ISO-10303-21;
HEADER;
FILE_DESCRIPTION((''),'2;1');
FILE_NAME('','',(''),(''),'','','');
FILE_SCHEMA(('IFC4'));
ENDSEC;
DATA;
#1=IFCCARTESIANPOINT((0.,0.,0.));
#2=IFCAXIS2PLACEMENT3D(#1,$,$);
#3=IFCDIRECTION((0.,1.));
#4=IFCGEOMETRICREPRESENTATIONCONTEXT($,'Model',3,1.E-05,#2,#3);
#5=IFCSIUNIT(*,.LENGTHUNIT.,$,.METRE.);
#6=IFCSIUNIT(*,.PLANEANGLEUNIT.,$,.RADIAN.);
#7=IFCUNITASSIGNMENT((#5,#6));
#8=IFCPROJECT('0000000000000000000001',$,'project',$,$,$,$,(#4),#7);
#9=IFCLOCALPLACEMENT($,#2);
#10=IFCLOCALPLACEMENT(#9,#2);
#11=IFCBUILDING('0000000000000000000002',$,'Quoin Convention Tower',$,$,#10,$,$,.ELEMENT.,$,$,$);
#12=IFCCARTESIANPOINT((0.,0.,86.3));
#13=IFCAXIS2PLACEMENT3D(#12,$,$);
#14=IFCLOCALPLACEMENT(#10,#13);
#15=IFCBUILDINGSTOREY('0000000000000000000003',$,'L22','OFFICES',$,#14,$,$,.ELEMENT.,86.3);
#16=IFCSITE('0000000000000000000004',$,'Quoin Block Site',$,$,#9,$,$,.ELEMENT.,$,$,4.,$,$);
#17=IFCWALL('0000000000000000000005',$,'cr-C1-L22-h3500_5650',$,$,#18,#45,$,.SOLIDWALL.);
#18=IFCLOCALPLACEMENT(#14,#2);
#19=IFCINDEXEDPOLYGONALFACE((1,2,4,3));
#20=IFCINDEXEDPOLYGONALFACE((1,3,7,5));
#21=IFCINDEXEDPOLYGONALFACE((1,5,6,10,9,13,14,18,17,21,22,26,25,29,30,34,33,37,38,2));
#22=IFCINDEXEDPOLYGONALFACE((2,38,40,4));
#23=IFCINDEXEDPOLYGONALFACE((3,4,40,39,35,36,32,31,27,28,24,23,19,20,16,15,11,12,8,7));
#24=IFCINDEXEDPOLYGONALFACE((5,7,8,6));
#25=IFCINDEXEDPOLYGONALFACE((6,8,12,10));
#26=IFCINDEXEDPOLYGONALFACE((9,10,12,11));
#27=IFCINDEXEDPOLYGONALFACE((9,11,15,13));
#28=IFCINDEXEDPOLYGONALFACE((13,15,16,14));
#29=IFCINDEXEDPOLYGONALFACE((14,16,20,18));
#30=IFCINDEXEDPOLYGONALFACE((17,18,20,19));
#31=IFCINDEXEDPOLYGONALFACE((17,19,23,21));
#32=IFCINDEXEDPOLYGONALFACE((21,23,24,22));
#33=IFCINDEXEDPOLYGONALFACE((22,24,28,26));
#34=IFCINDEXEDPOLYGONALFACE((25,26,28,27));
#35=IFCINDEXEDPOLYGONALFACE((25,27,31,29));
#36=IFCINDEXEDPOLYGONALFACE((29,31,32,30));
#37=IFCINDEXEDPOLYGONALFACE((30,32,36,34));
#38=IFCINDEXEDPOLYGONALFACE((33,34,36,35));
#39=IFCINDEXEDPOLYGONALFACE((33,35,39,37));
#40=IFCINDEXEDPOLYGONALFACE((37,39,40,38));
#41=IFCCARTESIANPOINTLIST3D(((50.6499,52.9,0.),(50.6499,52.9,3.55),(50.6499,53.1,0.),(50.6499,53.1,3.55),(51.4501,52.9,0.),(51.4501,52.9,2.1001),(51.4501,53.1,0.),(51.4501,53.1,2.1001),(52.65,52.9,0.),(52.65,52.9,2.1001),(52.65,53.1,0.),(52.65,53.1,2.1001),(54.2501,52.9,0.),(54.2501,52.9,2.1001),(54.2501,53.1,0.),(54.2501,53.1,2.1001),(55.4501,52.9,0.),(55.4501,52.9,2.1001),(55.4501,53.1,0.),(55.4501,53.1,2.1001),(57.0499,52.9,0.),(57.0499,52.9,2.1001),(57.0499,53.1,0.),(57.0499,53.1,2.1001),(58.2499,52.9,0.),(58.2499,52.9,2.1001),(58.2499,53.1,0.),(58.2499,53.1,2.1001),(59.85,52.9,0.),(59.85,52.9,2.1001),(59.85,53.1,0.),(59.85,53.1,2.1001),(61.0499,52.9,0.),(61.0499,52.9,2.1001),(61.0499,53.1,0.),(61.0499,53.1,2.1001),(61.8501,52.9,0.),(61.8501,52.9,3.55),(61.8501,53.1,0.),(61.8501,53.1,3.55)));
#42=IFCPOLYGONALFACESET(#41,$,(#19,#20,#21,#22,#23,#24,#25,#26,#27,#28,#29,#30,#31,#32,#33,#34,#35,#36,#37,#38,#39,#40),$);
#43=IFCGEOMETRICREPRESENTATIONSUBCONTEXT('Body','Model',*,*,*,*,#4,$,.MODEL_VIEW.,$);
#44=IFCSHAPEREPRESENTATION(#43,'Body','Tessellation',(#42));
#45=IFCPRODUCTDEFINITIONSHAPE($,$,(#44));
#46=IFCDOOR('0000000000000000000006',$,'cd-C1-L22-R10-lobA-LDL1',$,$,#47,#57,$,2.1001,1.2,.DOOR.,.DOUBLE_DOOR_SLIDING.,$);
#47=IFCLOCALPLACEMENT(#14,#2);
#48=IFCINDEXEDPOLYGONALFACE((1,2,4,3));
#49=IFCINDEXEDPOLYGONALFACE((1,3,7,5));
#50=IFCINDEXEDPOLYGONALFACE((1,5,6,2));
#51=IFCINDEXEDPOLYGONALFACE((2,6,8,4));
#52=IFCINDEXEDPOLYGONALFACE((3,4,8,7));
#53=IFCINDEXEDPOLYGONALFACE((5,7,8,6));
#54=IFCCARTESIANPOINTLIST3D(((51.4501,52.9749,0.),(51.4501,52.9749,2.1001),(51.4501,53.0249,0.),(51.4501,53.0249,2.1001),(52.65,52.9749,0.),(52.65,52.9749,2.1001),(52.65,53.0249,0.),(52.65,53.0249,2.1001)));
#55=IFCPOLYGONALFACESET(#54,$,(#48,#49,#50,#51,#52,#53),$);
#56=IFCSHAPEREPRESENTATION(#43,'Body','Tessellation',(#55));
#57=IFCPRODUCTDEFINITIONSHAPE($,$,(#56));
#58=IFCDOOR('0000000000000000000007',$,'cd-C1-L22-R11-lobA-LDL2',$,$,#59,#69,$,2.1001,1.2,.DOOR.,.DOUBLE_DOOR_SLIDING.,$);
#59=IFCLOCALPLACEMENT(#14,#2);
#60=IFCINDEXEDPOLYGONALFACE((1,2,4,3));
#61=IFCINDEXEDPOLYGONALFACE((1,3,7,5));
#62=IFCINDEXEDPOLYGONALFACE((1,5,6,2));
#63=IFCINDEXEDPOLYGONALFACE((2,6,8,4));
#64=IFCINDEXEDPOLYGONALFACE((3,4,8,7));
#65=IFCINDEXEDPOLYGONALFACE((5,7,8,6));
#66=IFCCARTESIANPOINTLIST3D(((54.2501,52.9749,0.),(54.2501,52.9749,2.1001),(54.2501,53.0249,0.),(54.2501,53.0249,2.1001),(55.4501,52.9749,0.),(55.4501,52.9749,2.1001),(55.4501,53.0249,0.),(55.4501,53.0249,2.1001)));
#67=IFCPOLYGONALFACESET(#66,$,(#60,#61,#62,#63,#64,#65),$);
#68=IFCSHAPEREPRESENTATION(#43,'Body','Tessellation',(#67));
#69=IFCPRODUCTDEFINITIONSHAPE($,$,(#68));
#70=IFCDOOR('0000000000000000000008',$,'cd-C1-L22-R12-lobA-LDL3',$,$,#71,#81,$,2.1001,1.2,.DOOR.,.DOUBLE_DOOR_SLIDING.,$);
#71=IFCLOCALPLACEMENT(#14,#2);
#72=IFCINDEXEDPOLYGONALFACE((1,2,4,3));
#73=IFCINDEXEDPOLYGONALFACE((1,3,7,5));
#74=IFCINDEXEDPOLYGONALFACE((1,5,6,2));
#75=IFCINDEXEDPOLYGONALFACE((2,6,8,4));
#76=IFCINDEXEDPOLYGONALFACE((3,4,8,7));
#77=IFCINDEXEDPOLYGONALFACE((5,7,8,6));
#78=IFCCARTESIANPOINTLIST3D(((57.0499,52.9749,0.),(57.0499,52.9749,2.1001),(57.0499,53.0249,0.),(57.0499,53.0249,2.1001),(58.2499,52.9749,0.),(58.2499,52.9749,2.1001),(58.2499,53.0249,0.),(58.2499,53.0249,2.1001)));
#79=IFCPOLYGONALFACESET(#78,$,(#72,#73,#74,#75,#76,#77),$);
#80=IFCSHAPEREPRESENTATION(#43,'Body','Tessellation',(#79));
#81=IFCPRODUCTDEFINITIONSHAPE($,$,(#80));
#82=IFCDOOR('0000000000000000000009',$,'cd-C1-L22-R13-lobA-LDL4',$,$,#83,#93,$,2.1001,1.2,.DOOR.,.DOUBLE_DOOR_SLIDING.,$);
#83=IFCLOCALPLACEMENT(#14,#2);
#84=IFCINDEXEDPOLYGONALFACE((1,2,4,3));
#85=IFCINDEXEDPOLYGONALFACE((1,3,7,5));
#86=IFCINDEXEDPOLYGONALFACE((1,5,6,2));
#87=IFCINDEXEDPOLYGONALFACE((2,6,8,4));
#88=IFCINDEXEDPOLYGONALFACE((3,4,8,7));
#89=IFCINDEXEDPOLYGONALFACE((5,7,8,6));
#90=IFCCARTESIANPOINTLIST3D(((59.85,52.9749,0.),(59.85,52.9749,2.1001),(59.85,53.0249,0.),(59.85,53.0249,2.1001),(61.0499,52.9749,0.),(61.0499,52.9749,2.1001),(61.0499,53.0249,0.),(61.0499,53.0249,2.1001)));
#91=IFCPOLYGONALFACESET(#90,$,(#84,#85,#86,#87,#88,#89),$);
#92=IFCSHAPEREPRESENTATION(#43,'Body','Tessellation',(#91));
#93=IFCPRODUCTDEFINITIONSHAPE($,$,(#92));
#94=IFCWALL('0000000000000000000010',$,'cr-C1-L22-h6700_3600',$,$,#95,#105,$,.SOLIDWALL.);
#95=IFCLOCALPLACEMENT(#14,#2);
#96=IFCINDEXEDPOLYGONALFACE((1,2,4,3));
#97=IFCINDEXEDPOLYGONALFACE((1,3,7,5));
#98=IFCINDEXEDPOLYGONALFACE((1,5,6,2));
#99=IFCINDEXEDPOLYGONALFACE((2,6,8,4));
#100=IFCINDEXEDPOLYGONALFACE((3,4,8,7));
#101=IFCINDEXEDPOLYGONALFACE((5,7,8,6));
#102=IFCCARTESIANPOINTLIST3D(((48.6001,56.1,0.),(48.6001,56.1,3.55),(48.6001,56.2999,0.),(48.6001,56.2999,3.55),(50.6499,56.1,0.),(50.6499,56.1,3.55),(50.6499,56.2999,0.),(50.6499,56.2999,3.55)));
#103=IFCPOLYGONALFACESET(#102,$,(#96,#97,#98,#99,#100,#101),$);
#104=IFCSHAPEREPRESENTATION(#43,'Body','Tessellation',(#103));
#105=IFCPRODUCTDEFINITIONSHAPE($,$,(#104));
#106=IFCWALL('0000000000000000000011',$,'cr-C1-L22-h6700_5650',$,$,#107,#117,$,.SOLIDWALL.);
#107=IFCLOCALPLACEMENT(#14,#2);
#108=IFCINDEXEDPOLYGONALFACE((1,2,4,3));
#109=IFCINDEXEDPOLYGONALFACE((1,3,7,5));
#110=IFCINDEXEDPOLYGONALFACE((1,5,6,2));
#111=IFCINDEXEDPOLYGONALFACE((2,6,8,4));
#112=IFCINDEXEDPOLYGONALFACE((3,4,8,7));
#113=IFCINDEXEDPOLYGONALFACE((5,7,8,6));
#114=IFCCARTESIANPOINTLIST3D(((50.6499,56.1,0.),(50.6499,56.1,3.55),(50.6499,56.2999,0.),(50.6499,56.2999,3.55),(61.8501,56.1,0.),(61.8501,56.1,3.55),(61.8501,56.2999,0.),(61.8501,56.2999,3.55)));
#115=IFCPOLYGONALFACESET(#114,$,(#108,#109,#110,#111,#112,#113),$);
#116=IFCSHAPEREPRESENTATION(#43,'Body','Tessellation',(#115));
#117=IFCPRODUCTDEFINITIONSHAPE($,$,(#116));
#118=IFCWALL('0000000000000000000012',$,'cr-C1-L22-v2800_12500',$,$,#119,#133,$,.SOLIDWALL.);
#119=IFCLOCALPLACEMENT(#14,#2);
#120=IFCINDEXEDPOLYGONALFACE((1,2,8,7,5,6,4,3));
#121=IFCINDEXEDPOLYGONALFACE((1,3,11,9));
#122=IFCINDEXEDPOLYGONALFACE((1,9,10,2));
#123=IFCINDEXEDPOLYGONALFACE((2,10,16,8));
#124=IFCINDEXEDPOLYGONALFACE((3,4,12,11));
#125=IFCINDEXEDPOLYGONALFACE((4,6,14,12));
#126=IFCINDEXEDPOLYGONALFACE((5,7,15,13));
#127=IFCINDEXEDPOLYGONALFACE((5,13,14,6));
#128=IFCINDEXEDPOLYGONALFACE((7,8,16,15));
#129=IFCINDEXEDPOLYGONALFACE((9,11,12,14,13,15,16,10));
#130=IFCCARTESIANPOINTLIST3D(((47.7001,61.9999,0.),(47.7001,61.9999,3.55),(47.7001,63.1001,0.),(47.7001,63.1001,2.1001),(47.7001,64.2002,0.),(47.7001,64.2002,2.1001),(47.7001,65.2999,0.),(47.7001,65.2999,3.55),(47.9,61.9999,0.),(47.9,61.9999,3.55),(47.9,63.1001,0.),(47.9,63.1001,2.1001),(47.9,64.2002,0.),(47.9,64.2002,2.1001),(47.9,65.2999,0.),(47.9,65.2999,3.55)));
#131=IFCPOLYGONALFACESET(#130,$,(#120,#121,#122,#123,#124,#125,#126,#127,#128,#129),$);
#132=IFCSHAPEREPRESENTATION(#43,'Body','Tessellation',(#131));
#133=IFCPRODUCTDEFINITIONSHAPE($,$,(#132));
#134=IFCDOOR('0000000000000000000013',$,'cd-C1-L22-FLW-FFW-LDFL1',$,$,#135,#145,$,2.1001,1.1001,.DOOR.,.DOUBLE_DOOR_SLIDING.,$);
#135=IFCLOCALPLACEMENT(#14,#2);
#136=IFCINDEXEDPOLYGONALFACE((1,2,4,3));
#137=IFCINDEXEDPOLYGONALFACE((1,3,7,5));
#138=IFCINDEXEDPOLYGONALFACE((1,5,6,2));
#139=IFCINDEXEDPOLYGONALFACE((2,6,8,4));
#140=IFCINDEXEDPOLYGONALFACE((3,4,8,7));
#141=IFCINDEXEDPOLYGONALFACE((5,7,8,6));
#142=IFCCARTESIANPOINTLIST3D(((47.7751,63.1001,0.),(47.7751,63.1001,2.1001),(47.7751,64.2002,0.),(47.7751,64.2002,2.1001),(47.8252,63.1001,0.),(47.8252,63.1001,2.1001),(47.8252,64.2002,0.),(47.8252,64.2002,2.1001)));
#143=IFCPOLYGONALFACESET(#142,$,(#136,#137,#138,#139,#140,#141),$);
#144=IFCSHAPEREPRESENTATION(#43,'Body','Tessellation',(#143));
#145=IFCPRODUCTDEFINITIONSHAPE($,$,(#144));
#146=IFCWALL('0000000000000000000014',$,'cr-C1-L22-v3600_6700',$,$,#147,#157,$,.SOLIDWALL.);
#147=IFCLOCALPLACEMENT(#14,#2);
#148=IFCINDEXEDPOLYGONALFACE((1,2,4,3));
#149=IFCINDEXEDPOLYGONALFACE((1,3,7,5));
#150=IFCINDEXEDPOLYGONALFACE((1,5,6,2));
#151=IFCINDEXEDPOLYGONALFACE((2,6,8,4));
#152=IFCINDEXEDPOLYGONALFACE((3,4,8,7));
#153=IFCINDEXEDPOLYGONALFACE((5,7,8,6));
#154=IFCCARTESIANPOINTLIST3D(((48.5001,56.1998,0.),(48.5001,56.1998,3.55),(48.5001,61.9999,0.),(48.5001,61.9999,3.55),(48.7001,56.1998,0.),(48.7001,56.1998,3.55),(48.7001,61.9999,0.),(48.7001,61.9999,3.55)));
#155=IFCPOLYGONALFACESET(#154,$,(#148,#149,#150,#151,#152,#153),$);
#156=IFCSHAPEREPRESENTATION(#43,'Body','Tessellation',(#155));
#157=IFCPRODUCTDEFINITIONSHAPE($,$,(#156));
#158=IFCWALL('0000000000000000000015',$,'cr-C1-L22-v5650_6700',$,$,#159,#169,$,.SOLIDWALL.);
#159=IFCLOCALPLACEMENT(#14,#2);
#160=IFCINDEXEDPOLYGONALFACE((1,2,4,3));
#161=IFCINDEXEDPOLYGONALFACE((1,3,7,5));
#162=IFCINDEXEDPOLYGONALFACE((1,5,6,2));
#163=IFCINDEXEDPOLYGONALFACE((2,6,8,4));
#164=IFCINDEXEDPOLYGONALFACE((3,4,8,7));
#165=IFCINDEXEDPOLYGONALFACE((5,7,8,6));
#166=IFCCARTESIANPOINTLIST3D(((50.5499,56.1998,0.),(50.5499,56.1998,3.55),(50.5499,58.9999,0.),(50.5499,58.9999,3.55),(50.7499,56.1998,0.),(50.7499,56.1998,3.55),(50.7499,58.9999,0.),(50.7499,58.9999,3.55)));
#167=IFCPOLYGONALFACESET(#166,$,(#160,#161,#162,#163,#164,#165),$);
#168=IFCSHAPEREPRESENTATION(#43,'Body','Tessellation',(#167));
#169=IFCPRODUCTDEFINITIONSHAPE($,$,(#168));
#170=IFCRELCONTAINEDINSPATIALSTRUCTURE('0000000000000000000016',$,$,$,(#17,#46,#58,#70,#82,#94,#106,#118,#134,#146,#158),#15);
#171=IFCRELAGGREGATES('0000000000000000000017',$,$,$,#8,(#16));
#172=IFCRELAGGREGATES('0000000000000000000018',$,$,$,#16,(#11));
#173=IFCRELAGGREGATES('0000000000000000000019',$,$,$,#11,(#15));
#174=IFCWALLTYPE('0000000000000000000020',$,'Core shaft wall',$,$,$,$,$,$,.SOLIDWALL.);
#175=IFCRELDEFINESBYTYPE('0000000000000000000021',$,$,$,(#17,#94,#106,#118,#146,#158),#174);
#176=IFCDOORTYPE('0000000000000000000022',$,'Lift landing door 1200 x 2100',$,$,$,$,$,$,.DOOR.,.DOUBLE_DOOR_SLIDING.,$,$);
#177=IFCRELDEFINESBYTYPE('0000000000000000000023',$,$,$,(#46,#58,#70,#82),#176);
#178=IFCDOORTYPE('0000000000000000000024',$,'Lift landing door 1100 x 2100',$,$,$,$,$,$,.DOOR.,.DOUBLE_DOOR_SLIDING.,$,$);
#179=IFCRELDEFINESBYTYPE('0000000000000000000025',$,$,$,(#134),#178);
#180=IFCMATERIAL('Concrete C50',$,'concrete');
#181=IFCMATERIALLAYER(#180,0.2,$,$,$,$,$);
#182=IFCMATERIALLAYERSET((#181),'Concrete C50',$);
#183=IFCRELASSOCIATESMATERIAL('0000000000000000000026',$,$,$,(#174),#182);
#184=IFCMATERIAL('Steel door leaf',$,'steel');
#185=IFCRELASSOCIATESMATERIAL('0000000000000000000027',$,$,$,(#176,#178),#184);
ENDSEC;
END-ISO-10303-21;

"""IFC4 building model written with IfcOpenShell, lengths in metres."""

from ifc_helpers import new_model, si_unit, direction, frame, frame_2d, origin, place, context, subcontext, project, spatial, rectangle, extrude, material, layer, layer_set, type_object, element, fill, save


model = new_model("IFC4")

# Units and contexts
model_context = context("Model", 3, precision=1e-05, world=origin(), true_north=direction((0.0, 1.0)))
body_context = subcontext(model_context, "Body", "Model", "MODEL_VIEW")
ifc_project = project(units=[si_unit("LENGTHUNIT", "METRE"), si_unit("PLANEANGLEUNIT", "RADIAN")], contexts=[model_context])

# Site, building, storey
site_placement = place(None, origin())
site = spatial("IfcSite", under=ifc_project, at=site_placement, Name="Quoin Block Site", CompositionType="ELEMENT", RefElevation=4.0)
building_placement = place(site_placement, origin())
building = spatial("IfcBuilding", under=site, at=building_placement, Name="Quoin Convention Tower", CompositionType="ELEMENT")
storey_placement = place(building_placement, frame((0.0, 0.0, 86.3)))
storey = spatial("IfcBuildingStorey", under=building, at=storey_placement, Name="L22", Description="OFFICES", CompositionType="ELEMENT", Elevation=86.3)

# Wall, openings, doors
ifc_material_1 = material(Name="Concrete C50", Category="concrete")
ifc_layer_1 = layer(ifc_material_1, 0.2)
ifc_layer_set_1 = layer_set([ifc_layer_1], Name="Concrete C50")
wall_type_1 = type_object("IfcWallType", Name="Core shaft wall", PredefinedType="SOLIDWALL", material=ifc_layer_set_1)
wall_1_placement = place(storey_placement, frame((50.6499, 53.0, 0.0), z_axis=(0.0, 0.0, 1.0), x_axis=(1.0, 0.0, 0.0)))
wall_1 = element("IfcWall", 1, at=wall_1_placement, inside=storey, type_object=wall_type_1, Name="cr-C1-L22-h3500_5650", PredefinedType="SOLIDWALL", context=body_context, shape_type="SweptSolid", body=[
    extrude(rectangle(XDim=11.2002, YDim=0.2, at=frame_2d((5.6001, 0.0))), origin(), (0.0, 0.0, 1.0), 3.55),
])
opening_1_placement = place(wall_1_placement, frame((0.8, 0.0, 0.0)))
opening_1 = element("IfcOpeningElement", 2, at=opening_1_placement, cuts=wall_1, PredefinedType="OPENING", context=body_context, shape_type="SweptSolid", body=[
    extrude(rectangle(XDim=1.2, YDim=2.1001, at=frame_2d((0.6001, 1.05))), frame((0.0, 0.1099, 0.0), z_axis=(0.0, -1.0, 0.0), x_axis=(1.0, 0.0, 0.0)), (0.0, 0.0, 1.0), 0.22),
])
opening_2_placement = place(wall_1_placement, frame((3.6001, 0.0, 0.0)))
opening_2 = element("IfcOpeningElement", 3, at=opening_2_placement, cuts=wall_1, PredefinedType="OPENING", context=body_context, shape_type="SweptSolid", body=[
    extrude(rectangle(XDim=1.2, YDim=2.1001, at=frame_2d((0.6001, 1.05))), frame((0.0, 0.1099, 0.0), z_axis=(0.0, -1.0, 0.0), x_axis=(1.0, 0.0, 0.0)), (0.0, 0.0, 1.0), 0.22),
])
opening_3_placement = place(wall_1_placement, frame((6.3999, 0.0, 0.0)))
opening_3 = element("IfcOpeningElement", 4, at=opening_3_placement, cuts=wall_1, PredefinedType="OPENING", context=body_context, shape_type="SweptSolid", body=[
    extrude(rectangle(XDim=1.2, YDim=2.1001, at=frame_2d((0.6001, 1.05))), frame((0.0, 0.1099, 0.0), z_axis=(0.0, -1.0, 0.0), x_axis=(1.0, 0.0, 0.0)), (0.0, 0.0, 1.0), 0.22),
])
opening_4_placement = place(wall_1_placement, frame((9.2, 0.0, 0.0)))
opening_4 = element("IfcOpeningElement", 5, at=opening_4_placement, cuts=wall_1, PredefinedType="OPENING", context=body_context, shape_type="SweptSolid", body=[
    extrude(rectangle(XDim=1.2, YDim=2.1001, at=frame_2d((0.6001, 1.05))), frame((0.0, 0.1099, 0.0), z_axis=(0.0, -1.0, 0.0), x_axis=(1.0, 0.0, 0.0)), (0.0, 0.0, 1.0), 0.22),
])
ifc_material_2 = material(Name="Steel door leaf", Category="steel")
door_type_1 = type_object("IfcDoorType", Name="Lift landing door 1200 x 2100", OperationType="DOUBLE_DOOR_SLIDING", PredefinedType="DOOR", material=ifc_material_2)
door_1_placement = place(opening_1_placement, origin())
door_1 = element("IfcDoor", 6, at=door_1_placement, inside=storey, type_object=door_type_1, Name="cd-C1-L22-R10-lobA-LDL1", OperationType="DOUBLE_DOOR_SLIDING", OverallHeight=2.1001, OverallWidth=1.2, PredefinedType="DOOR", context=body_context, shape_type="SweptSolid", body=[
    extrude(rectangle(XDim=1.2, YDim=2.1001, at=frame_2d((0.6001, 1.05))), frame((0.0, 0.0249, 0.0), z_axis=(0.0, -1.0, 0.0), x_axis=(1.0, 0.0, 0.0)), (0.0, 0.0, 1.0), 0.05),
])
fill(opening_1, door_1)
door_2_placement = place(opening_2_placement, origin())
door_2 = element("IfcDoor", 7, at=door_2_placement, inside=storey, type_object=door_type_1, Name="cd-C1-L22-R11-lobA-LDL2", OperationType="DOUBLE_DOOR_SLIDING", OverallHeight=2.1001, OverallWidth=1.2, PredefinedType="DOOR", context=body_context, shape_type="SweptSolid", body=[
    extrude(rectangle(XDim=1.2, YDim=2.1001, at=frame_2d((0.6001, 1.05))), frame((0.0, 0.0249, 0.0), z_axis=(0.0, -1.0, 0.0), x_axis=(1.0, 0.0, 0.0)), (0.0, 0.0, 1.0), 0.05),
])
fill(opening_2, door_2)
door_3_placement = place(opening_3_placement, origin())
door_3 = element("IfcDoor", 8, at=door_3_placement, inside=storey, type_object=door_type_1, Name="cd-C1-L22-R12-lobA-LDL3", OperationType="DOUBLE_DOOR_SLIDING", OverallHeight=2.1001, OverallWidth=1.2, PredefinedType="DOOR", context=body_context, shape_type="SweptSolid", body=[
    extrude(rectangle(XDim=1.2, YDim=2.1001, at=frame_2d((0.6001, 1.05))), frame((0.0, 0.0249, 0.0), z_axis=(0.0, -1.0, 0.0), x_axis=(1.0, 0.0, 0.0)), (0.0, 0.0, 1.0), 0.05),
])
fill(opening_3, door_3)
door_4_placement = place(opening_4_placement, origin())
door_4 = element("IfcDoor", 9, at=door_4_placement, inside=storey, type_object=door_type_1, Name="cd-C1-L22-R13-lobA-LDL4", OperationType="DOUBLE_DOOR_SLIDING", OverallHeight=2.1001, OverallWidth=1.2, PredefinedType="DOOR", context=body_context, shape_type="SweptSolid", body=[
    extrude(rectangle(XDim=1.2, YDim=2.1001, at=frame_2d((0.6001, 1.05))), frame((0.0, 0.0249, 0.0), z_axis=(0.0, -1.0, 0.0), x_axis=(1.0, 0.0, 0.0)), (0.0, 0.0, 1.0), 0.05),
])
fill(opening_4, door_4)

# Walls
wall_2_placement = place(storey_placement, frame((48.6001, 56.2, 0.0), z_axis=(0.0, 0.0, 1.0), x_axis=(1.0, 0.0, 0.0)))
element("IfcWall", 10, at=wall_2_placement, inside=storey, type_object=wall_type_1, Name="cr-C1-L22-h6700_3600", PredefinedType="SOLIDWALL", context=body_context, shape_type="SweptSolid", body=[
    extrude(rectangle(XDim=2.0498, YDim=0.2, at=frame_2d((1.0249, 0.0))), origin(), (0.0, 0.0, 1.0), 3.55),
])
wall_3_placement = place(storey_placement, frame((50.6499, 56.2, 0.0), z_axis=(0.0, 0.0, 1.0), x_axis=(1.0, 0.0, 0.0)))
element("IfcWall", 11, at=wall_3_placement, inside=storey, type_object=wall_type_1, Name="cr-C1-L22-h6700_5650", PredefinedType="SOLIDWALL", context=body_context, shape_type="SweptSolid", body=[
    extrude(rectangle(XDim=11.2002, YDim=0.2, at=frame_2d((5.6001, 0.0))), origin(), (0.0, 0.0, 1.0), 3.55),
])

# Wall, opening, door
wall_4_placement = place(storey_placement, frame((47.8, 62.0, 0.0), z_axis=(0.0, 0.0, 1.0), x_axis=(0.0, 1.0, 0.0)))
wall_4 = element("IfcWall", 12, at=wall_4_placement, inside=storey, type_object=wall_type_1, Name="cr-C1-L22-v2800_12500", PredefinedType="SOLIDWALL", context=body_context, shape_type="SweptSolid", body=[
    extrude(rectangle(XDim=3.3, YDim=0.2, at=frame_2d((1.6499, 0.0))), origin(), (0.0, 0.0, 1.0), 3.55),
])
opening_5_placement = place(wall_4_placement, frame((1.1001, 0.0, 0.0)))
opening_5 = element("IfcOpeningElement", 13, at=opening_5_placement, cuts=wall_4, PredefinedType="OPENING", context=body_context, shape_type="SweptSolid", body=[
    extrude(rectangle(XDim=1.1001, YDim=2.1001, at=frame_2d((0.55, 1.05))), frame((0.0, 0.1099, 0.0), z_axis=(0.0, -1.0, 0.0), x_axis=(1.0, 0.0, 0.0)), (0.0, 0.0, 1.0), 0.22),
])
door_type_2 = type_object("IfcDoorType", Name="Lift landing door 1100 x 2100", OperationType="DOUBLE_DOOR_SLIDING", PredefinedType="DOOR", material=ifc_material_2)
door_5_placement = place(opening_5_placement, origin())
door_5 = element("IfcDoor", 14, at=door_5_placement, inside=storey, type_object=door_type_2, Name="cd-C1-L22-FLW-FFW-LDFL1", OperationType="DOUBLE_DOOR_SLIDING", OverallHeight=2.1001, OverallWidth=1.1001, PredefinedType="DOOR", context=body_context, shape_type="SweptSolid", body=[
    extrude(rectangle(XDim=1.1001, YDim=2.1001, at=frame_2d((0.55, 1.05))), frame((0.0, 0.0249, 0.0), z_axis=(0.0, -1.0, 0.0), x_axis=(1.0, 0.0, 0.0)), (0.0, 0.0, 1.0), 0.05),
])
fill(opening_5, door_5)

# Walls
wall_5_placement = place(storey_placement, frame((48.6001, 56.2, 0.0), z_axis=(0.0, 0.0, 1.0), x_axis=(0.0, 1.0, 0.0)))
element("IfcWall", 15, at=wall_5_placement, inside=storey, type_object=wall_type_1, Name="cr-C1-L22-v3600_6700", PredefinedType="SOLIDWALL", context=body_context, shape_type="SweptSolid", body=[
    extrude(rectangle(XDim=5.8, YDim=0.2, at=frame_2d((2.8999, 0.0))), origin(), (0.0, 0.0, 1.0), 3.55),
])
wall_6_placement = place(storey_placement, frame((50.6499, 56.2, 0.0), z_axis=(0.0, 0.0, 1.0), x_axis=(0.0, 1.0, 0.0)))
element("IfcWall", 16, at=wall_6_placement, inside=storey, type_object=wall_type_1, Name="cr-C1-L22-v5650_6700", PredefinedType="SOLIDWALL", context=body_context, shape_type="SweptSolid", body=[
    extrude(rectangle(XDim=2.8, YDim=0.2, at=frame_2d((1.3999, 0.0))), origin(), (0.0, 0.0, 1.0), 3.55),
])

save(model, "model.ifc")
